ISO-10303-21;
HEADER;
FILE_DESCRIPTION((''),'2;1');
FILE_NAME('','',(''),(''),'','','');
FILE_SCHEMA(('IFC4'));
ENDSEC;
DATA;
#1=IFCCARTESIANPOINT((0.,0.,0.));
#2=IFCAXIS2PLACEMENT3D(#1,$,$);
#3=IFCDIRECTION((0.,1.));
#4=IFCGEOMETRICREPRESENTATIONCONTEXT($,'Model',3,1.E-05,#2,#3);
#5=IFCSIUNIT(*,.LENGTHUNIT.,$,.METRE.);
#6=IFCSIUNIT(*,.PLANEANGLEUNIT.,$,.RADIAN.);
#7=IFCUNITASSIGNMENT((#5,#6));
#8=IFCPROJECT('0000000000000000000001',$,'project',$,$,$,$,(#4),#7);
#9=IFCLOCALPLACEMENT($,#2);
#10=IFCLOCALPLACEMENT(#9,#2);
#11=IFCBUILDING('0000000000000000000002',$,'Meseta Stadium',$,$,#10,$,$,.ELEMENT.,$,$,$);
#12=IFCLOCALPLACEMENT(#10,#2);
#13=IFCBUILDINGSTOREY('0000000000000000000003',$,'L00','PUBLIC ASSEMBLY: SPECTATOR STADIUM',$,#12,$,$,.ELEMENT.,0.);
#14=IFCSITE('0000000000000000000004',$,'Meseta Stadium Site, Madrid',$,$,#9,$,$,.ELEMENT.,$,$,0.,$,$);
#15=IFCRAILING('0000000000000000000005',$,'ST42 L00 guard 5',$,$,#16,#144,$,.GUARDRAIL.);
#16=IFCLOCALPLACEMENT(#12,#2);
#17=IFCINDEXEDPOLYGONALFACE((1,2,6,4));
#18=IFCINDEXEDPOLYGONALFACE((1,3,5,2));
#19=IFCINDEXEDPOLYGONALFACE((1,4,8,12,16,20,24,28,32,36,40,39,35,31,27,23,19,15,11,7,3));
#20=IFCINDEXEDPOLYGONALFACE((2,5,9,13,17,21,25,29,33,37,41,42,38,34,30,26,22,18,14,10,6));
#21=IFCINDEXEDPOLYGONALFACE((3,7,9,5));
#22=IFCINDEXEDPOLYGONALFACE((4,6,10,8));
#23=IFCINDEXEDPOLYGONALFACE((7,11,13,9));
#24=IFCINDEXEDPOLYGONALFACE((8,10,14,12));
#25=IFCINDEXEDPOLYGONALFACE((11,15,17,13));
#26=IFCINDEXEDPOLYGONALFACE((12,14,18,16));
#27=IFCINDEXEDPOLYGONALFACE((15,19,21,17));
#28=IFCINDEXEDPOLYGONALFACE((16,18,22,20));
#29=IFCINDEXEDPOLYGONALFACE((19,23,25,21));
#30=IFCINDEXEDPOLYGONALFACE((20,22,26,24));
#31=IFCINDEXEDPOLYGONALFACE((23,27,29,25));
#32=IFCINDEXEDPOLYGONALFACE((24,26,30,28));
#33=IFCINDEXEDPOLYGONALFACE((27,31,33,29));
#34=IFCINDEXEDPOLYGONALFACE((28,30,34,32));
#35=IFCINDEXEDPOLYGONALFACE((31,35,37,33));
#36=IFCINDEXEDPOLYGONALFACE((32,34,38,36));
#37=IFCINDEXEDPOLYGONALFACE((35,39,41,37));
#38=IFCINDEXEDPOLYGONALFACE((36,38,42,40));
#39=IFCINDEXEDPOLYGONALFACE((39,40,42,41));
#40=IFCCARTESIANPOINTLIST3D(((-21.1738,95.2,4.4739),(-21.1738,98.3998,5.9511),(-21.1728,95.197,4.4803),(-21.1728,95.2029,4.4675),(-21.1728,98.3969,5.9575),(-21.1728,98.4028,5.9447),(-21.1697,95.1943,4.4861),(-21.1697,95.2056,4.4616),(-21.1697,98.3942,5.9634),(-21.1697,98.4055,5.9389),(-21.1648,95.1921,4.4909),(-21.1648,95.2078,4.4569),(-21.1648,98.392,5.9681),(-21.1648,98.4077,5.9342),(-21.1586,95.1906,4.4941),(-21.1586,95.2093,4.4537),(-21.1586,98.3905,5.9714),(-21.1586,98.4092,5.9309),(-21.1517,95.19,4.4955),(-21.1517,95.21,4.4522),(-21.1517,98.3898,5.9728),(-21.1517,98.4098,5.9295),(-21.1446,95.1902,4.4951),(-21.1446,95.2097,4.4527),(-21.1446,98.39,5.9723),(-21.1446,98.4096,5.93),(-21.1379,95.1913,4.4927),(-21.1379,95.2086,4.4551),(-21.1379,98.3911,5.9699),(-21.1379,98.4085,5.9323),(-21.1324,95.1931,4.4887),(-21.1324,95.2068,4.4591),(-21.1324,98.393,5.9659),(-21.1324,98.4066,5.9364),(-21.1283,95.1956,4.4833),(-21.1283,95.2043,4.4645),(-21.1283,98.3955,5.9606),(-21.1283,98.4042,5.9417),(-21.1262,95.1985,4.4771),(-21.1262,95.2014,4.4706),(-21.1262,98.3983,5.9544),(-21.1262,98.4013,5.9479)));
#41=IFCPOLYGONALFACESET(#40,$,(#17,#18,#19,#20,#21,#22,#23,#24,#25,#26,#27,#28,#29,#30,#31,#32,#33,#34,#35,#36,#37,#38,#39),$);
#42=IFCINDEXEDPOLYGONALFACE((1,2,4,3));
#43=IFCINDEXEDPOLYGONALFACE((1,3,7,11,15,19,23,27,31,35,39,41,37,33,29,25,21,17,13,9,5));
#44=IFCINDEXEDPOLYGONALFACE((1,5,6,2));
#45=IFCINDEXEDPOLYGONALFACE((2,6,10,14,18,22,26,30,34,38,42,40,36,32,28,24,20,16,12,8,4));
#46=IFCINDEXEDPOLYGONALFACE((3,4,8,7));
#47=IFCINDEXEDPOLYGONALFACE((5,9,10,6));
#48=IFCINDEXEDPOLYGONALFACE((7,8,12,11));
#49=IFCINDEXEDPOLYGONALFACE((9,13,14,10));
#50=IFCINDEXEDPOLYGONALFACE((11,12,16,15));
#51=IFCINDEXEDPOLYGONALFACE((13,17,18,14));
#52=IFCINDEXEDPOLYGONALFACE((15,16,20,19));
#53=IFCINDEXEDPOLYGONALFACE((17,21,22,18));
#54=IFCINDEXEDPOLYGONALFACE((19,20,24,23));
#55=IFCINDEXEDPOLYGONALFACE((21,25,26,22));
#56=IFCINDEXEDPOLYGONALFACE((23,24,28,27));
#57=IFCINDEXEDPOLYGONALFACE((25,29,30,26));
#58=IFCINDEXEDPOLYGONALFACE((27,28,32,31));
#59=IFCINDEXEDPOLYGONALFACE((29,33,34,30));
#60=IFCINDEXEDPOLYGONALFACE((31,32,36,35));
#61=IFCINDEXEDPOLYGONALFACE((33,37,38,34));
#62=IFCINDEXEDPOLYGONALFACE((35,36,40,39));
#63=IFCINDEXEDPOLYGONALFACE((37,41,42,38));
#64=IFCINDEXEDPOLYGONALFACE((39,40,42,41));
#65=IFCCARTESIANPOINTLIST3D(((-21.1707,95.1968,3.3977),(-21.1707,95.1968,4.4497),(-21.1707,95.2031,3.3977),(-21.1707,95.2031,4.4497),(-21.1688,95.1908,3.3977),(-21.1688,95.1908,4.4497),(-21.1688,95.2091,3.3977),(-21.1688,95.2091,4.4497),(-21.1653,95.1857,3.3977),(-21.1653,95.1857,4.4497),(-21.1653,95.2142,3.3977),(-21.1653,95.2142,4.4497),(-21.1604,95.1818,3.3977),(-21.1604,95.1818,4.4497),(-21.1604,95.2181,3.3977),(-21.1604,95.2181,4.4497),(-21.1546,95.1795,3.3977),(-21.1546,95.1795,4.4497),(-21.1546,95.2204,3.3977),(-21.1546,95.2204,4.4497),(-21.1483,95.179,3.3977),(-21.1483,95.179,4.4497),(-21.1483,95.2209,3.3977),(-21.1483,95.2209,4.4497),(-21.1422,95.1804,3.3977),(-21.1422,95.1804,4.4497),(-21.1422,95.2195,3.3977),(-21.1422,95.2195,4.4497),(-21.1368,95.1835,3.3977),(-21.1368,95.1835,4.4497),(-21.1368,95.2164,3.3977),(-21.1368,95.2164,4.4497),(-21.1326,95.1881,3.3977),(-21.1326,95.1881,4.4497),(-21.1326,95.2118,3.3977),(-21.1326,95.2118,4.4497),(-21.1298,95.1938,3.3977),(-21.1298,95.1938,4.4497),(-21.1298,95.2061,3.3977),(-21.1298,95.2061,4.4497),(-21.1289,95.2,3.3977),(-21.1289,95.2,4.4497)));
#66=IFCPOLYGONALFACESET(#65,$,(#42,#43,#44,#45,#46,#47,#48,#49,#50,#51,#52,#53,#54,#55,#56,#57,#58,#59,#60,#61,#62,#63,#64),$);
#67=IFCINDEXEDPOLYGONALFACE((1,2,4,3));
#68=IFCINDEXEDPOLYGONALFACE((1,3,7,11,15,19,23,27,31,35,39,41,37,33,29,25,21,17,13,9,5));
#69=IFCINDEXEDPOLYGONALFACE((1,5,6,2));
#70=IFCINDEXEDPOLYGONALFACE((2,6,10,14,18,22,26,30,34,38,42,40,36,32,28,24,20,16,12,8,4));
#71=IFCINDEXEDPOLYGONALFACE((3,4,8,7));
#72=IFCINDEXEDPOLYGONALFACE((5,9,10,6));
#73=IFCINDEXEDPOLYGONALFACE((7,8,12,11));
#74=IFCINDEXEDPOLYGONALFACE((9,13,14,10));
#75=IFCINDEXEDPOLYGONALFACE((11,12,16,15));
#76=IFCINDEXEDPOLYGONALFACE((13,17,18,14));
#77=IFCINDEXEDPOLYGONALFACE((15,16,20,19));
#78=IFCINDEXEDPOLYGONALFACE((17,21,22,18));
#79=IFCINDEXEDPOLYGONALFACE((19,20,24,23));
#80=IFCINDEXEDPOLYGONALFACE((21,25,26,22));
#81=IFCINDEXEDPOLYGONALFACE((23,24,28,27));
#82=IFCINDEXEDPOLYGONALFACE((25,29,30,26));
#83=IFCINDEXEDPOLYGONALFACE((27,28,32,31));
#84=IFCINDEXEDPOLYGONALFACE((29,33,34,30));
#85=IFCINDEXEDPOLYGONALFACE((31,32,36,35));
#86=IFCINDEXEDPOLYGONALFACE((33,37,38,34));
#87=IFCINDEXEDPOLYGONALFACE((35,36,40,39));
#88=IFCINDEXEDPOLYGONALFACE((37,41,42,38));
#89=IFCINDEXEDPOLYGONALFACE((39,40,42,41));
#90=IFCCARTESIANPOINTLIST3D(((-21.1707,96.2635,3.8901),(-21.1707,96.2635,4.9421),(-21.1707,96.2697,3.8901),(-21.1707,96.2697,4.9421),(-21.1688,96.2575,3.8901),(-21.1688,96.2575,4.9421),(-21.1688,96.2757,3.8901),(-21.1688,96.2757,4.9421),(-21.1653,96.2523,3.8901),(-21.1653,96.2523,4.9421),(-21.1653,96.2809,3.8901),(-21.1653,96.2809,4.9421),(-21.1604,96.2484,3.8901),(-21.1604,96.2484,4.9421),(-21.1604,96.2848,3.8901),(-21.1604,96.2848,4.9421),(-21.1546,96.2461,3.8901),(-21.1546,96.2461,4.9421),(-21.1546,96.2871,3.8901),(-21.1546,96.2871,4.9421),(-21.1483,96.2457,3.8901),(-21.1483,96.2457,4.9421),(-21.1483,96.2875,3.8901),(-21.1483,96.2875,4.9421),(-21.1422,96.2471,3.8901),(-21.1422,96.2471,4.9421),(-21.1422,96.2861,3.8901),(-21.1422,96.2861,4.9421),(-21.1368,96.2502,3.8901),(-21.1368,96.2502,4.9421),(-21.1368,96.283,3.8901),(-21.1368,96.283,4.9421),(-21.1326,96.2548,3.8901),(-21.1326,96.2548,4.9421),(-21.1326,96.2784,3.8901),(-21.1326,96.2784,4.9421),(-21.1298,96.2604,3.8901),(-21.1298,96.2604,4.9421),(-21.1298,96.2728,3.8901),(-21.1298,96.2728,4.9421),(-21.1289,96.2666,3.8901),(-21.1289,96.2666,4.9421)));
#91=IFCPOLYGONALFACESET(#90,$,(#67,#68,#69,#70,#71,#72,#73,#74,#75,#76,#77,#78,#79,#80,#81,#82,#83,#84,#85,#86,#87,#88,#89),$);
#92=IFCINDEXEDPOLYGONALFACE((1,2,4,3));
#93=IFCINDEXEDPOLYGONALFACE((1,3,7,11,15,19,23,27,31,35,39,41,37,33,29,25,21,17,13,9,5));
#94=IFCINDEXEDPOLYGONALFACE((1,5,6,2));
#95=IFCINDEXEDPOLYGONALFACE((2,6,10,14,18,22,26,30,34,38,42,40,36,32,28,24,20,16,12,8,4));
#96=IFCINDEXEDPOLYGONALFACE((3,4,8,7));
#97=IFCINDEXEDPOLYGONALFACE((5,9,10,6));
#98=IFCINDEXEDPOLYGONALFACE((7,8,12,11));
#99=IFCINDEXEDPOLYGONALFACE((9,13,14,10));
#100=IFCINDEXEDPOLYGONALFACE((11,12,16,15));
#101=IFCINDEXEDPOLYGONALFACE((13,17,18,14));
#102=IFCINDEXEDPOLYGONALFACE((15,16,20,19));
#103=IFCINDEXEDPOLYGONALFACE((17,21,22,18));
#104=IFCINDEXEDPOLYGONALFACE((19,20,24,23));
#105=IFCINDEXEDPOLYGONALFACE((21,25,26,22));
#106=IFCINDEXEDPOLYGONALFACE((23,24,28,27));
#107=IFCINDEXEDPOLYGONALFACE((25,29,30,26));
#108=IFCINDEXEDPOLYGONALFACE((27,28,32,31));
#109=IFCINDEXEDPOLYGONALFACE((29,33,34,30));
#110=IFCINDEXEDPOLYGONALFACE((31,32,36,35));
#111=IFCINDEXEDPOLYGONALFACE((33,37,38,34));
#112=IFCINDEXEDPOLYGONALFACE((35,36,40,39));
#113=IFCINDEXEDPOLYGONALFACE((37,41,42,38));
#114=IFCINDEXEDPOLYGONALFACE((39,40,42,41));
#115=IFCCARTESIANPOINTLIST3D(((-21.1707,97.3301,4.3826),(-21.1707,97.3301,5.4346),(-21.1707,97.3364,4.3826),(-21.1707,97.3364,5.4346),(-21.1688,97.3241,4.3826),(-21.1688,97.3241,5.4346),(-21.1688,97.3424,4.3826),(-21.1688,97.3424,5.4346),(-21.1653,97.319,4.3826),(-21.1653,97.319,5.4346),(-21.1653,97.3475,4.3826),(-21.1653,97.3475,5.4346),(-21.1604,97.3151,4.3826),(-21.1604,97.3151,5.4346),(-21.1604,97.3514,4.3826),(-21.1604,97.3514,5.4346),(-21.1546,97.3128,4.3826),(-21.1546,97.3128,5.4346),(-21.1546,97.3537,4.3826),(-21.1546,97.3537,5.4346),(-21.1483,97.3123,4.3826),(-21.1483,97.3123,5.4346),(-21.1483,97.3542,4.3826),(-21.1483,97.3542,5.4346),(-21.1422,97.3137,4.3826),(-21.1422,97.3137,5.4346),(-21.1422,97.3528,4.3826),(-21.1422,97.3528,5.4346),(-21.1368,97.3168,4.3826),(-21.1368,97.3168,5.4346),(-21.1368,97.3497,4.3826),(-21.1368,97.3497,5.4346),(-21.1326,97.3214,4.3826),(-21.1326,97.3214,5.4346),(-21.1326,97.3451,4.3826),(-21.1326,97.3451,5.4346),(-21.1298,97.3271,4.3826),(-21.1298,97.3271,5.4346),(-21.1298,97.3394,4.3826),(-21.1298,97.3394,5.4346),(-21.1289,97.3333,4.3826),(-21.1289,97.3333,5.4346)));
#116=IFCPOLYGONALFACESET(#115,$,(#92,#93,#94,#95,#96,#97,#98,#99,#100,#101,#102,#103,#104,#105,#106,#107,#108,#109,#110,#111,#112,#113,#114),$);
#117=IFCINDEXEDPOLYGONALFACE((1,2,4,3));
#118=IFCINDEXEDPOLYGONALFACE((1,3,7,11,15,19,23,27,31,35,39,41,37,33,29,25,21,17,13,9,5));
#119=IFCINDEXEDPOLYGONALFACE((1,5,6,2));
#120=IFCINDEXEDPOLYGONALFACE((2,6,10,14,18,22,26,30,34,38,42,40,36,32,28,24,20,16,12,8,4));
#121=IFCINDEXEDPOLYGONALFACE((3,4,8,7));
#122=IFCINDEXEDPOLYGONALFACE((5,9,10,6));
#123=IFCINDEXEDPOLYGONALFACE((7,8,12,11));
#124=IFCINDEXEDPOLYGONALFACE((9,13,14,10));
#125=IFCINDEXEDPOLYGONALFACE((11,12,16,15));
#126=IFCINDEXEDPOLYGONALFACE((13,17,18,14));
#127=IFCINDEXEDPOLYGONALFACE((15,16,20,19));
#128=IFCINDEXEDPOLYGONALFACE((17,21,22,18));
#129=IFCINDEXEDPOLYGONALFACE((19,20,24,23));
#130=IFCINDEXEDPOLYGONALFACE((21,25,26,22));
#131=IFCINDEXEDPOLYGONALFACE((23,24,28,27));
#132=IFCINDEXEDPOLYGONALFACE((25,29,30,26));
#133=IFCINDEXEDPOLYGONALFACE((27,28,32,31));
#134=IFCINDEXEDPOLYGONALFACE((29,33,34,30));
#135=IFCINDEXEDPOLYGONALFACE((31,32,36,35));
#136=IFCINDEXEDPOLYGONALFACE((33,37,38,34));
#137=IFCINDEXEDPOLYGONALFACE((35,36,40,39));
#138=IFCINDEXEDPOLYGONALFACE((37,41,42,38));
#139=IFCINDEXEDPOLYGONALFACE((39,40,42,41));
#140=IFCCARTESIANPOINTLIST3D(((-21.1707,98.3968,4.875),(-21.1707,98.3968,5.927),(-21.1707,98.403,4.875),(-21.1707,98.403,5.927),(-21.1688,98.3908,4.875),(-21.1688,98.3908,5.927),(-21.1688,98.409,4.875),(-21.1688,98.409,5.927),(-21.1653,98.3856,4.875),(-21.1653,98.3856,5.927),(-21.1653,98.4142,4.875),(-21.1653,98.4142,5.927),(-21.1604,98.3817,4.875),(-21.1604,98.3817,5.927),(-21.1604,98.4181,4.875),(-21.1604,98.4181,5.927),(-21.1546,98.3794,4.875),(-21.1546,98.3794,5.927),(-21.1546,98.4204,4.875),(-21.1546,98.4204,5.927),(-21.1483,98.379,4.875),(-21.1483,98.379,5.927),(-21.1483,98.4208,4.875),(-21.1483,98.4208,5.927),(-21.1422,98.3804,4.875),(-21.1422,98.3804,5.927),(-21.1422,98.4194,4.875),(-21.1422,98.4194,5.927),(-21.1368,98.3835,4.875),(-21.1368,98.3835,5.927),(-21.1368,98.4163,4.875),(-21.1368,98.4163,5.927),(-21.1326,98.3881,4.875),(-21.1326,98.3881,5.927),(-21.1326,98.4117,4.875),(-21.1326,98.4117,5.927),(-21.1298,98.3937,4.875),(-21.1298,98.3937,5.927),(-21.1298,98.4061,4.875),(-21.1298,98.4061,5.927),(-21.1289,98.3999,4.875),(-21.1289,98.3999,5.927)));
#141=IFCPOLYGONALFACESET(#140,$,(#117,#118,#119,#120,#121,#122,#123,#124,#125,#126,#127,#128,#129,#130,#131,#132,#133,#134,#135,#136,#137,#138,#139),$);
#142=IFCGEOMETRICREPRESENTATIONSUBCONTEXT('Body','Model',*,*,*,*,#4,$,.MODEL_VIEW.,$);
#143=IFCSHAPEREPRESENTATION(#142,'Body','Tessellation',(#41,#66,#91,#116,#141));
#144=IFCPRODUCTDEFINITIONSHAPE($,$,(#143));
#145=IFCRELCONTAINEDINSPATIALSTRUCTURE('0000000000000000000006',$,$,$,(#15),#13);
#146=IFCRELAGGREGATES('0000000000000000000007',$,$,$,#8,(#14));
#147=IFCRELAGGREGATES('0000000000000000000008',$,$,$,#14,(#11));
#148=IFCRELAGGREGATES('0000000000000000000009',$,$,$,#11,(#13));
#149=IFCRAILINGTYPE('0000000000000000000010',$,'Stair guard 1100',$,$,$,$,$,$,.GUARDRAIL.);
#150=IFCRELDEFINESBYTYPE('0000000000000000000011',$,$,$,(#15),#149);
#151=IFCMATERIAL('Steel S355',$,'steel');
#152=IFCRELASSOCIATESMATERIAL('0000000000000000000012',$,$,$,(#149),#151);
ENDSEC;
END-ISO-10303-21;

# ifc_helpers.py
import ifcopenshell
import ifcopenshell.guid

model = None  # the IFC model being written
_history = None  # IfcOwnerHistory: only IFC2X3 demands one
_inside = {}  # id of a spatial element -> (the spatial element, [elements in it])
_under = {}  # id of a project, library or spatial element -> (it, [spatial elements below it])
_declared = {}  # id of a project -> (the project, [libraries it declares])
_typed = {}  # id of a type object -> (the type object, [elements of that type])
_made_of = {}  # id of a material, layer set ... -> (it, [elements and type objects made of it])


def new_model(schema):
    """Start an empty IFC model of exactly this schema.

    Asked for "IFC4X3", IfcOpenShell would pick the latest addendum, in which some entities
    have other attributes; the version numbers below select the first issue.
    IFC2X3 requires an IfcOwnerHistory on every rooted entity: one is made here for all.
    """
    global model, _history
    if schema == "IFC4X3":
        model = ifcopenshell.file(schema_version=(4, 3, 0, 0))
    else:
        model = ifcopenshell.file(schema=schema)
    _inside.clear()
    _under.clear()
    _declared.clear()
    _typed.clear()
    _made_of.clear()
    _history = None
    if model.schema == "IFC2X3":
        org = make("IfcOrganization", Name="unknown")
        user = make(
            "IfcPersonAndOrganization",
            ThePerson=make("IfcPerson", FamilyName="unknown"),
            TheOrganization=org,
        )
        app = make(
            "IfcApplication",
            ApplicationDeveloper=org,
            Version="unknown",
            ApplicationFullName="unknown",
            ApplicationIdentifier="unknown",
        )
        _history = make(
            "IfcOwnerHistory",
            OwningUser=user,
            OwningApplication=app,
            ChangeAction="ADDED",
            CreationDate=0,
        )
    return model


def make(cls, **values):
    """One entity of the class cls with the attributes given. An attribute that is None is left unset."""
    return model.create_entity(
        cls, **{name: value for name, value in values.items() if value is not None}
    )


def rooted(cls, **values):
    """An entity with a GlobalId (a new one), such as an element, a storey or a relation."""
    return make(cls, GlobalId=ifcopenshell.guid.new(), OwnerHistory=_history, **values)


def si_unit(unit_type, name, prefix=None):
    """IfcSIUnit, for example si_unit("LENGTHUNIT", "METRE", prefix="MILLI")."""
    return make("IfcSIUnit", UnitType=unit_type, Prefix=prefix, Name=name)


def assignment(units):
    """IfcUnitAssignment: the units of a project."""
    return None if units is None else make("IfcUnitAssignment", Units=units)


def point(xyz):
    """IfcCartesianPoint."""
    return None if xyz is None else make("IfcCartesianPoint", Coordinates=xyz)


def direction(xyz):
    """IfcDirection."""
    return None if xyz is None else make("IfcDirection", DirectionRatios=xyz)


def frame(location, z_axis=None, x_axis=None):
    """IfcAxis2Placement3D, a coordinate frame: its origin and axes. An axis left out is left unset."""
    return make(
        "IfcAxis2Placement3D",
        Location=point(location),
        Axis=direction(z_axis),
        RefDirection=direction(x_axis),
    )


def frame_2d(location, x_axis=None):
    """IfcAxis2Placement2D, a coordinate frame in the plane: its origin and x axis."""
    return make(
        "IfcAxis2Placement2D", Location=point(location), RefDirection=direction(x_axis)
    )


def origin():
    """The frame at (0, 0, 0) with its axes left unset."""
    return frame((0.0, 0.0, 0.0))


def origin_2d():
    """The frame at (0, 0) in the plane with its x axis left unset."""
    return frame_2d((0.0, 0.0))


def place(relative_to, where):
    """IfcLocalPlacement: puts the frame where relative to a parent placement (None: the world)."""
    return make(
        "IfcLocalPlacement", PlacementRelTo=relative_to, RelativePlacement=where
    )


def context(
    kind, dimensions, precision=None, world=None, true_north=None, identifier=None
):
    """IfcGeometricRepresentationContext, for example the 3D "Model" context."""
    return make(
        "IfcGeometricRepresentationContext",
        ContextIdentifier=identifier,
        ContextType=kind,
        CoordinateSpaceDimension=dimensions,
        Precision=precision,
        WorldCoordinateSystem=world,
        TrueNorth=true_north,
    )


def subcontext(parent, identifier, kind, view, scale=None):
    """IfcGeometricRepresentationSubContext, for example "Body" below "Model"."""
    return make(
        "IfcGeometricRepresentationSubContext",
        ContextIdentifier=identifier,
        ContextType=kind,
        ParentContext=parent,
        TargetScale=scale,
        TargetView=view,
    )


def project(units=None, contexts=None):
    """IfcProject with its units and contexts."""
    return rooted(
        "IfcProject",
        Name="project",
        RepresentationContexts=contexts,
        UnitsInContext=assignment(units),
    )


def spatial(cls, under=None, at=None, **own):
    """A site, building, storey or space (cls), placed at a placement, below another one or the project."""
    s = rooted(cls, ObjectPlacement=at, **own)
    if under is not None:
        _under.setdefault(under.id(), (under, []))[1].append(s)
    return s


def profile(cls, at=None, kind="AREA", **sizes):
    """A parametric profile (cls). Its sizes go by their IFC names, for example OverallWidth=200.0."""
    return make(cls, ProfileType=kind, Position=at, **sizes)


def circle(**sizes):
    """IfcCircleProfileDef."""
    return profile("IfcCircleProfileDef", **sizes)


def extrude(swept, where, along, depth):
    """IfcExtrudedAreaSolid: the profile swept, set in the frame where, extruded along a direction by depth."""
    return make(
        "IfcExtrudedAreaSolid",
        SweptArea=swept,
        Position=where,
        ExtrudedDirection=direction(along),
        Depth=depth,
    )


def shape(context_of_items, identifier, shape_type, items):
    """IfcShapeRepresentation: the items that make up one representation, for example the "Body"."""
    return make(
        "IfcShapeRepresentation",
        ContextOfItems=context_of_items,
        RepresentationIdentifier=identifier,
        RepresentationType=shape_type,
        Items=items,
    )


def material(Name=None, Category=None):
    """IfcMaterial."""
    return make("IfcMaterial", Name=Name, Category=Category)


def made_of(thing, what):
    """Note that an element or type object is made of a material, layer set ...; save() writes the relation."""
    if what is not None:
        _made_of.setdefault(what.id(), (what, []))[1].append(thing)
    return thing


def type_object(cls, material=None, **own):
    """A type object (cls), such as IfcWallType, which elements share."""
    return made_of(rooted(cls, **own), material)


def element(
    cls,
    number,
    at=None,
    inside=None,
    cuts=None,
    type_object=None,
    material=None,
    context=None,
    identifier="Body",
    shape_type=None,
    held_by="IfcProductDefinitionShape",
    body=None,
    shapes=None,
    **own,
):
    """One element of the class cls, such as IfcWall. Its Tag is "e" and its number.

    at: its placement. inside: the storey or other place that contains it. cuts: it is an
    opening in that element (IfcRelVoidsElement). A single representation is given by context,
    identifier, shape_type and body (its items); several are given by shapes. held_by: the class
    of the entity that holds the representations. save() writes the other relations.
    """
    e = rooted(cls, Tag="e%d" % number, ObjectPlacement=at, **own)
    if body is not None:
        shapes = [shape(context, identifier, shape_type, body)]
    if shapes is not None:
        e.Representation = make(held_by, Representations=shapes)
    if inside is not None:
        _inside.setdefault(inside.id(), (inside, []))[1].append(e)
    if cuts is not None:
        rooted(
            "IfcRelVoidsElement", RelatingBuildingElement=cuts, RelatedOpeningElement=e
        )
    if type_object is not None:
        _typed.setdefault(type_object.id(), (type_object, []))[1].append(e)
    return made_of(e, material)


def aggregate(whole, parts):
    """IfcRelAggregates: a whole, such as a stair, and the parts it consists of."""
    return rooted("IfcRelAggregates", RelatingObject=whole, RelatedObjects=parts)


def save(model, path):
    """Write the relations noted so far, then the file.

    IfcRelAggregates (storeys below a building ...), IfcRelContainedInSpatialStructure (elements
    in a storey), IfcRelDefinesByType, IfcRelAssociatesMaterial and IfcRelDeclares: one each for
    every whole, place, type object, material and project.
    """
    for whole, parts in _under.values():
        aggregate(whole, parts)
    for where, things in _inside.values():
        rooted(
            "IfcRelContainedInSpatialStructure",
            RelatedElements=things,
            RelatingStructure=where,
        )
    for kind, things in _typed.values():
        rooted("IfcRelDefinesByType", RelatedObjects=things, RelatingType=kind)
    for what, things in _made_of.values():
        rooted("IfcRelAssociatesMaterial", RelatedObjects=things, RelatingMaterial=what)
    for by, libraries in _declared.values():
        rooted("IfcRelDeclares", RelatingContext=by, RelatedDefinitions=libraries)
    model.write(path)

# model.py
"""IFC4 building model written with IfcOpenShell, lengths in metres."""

from ifc_helpers import new_model, si_unit, direction, frame, origin, origin_2d, place, context, subcontext, project, spatial, circle, extrude, material, type_object, element, save


model = new_model("IFC4")

# Units and contexts
model_context = context("Model", 3, precision=1e-05, world=origin(), true_north=direction((0.0, 1.0)))
body_context = subcontext(model_context, "Body", "Model", "MODEL_VIEW")
ifc_project = project(units=[si_unit("LENGTHUNIT", "METRE"), si_unit("PLANEANGLEUNIT", "RADIAN")], contexts=[model_context])

# Site, building, storey
site_placement = place(None, origin())
site = spatial("IfcSite", under=ifc_project, at=site_placement, Name="Meseta Stadium Site, Madrid", CompositionType="ELEMENT", RefElevation=0.0)
building_placement = place(site_placement, origin())
building = spatial("IfcBuilding", under=site, at=building_placement, Name="Meseta Stadium", CompositionType="ELEMENT")
storey_placement = place(building_placement, origin())
storey = spatial("IfcBuildingStorey", under=building, at=storey_placement, Name="L00", Description="PUBLIC ASSEMBLY: SPECTATOR STADIUM", CompositionType="ELEMENT", Elevation=0.0)

# Railing
ifc_material_1 = material(Name="Steel S355", Category="steel")
railing_type_1 = type_object("IfcRailingType", Name="Stair guard 1100", PredefinedType="GUARDRAIL", material=ifc_material_1)
railing_1_placement = place(storey_placement, frame((-21.1499, 95.2, 3.3977)))
element("IfcRailing", 1, at=railing_1_placement, inside=storey, type_object=railing_type_1, Name="ST42 L00 guard 5", PredefinedType="GUARDRAIL", context=body_context, shape_type="SweptSolid", body=[
    extrude(circle(Radius=0.0239, at=origin_2d()), frame((0.0, 0.0, 1.0762), z_axis=(0.0, 0.907917, 0.41915), x_axis=(-1.0, 0.0, 0.0)), (0.0, 0.0, 1.0), 3.5244),
    extrude(circle(Radius=0.021, at=origin_2d()), origin(), (0.0, 0.0, 1.0), 1.052),
    extrude(circle(Radius=0.021, at=origin_2d()), frame((0.0, 1.0667, 0.4924)), (0.0, 0.0, 1.0), 1.052),
    extrude(circle(Radius=0.021, at=origin_2d()), frame((0.0, 2.1333, 0.9849)), (0.0, 0.0, 1.0), 1.052),
    extrude(circle(Radius=0.021, at=origin_2d()), frame((0.0, 3.2, 1.4773)), (0.0, 0.0, 1.0), 1.052),
])

save(model, "model.ifc")
